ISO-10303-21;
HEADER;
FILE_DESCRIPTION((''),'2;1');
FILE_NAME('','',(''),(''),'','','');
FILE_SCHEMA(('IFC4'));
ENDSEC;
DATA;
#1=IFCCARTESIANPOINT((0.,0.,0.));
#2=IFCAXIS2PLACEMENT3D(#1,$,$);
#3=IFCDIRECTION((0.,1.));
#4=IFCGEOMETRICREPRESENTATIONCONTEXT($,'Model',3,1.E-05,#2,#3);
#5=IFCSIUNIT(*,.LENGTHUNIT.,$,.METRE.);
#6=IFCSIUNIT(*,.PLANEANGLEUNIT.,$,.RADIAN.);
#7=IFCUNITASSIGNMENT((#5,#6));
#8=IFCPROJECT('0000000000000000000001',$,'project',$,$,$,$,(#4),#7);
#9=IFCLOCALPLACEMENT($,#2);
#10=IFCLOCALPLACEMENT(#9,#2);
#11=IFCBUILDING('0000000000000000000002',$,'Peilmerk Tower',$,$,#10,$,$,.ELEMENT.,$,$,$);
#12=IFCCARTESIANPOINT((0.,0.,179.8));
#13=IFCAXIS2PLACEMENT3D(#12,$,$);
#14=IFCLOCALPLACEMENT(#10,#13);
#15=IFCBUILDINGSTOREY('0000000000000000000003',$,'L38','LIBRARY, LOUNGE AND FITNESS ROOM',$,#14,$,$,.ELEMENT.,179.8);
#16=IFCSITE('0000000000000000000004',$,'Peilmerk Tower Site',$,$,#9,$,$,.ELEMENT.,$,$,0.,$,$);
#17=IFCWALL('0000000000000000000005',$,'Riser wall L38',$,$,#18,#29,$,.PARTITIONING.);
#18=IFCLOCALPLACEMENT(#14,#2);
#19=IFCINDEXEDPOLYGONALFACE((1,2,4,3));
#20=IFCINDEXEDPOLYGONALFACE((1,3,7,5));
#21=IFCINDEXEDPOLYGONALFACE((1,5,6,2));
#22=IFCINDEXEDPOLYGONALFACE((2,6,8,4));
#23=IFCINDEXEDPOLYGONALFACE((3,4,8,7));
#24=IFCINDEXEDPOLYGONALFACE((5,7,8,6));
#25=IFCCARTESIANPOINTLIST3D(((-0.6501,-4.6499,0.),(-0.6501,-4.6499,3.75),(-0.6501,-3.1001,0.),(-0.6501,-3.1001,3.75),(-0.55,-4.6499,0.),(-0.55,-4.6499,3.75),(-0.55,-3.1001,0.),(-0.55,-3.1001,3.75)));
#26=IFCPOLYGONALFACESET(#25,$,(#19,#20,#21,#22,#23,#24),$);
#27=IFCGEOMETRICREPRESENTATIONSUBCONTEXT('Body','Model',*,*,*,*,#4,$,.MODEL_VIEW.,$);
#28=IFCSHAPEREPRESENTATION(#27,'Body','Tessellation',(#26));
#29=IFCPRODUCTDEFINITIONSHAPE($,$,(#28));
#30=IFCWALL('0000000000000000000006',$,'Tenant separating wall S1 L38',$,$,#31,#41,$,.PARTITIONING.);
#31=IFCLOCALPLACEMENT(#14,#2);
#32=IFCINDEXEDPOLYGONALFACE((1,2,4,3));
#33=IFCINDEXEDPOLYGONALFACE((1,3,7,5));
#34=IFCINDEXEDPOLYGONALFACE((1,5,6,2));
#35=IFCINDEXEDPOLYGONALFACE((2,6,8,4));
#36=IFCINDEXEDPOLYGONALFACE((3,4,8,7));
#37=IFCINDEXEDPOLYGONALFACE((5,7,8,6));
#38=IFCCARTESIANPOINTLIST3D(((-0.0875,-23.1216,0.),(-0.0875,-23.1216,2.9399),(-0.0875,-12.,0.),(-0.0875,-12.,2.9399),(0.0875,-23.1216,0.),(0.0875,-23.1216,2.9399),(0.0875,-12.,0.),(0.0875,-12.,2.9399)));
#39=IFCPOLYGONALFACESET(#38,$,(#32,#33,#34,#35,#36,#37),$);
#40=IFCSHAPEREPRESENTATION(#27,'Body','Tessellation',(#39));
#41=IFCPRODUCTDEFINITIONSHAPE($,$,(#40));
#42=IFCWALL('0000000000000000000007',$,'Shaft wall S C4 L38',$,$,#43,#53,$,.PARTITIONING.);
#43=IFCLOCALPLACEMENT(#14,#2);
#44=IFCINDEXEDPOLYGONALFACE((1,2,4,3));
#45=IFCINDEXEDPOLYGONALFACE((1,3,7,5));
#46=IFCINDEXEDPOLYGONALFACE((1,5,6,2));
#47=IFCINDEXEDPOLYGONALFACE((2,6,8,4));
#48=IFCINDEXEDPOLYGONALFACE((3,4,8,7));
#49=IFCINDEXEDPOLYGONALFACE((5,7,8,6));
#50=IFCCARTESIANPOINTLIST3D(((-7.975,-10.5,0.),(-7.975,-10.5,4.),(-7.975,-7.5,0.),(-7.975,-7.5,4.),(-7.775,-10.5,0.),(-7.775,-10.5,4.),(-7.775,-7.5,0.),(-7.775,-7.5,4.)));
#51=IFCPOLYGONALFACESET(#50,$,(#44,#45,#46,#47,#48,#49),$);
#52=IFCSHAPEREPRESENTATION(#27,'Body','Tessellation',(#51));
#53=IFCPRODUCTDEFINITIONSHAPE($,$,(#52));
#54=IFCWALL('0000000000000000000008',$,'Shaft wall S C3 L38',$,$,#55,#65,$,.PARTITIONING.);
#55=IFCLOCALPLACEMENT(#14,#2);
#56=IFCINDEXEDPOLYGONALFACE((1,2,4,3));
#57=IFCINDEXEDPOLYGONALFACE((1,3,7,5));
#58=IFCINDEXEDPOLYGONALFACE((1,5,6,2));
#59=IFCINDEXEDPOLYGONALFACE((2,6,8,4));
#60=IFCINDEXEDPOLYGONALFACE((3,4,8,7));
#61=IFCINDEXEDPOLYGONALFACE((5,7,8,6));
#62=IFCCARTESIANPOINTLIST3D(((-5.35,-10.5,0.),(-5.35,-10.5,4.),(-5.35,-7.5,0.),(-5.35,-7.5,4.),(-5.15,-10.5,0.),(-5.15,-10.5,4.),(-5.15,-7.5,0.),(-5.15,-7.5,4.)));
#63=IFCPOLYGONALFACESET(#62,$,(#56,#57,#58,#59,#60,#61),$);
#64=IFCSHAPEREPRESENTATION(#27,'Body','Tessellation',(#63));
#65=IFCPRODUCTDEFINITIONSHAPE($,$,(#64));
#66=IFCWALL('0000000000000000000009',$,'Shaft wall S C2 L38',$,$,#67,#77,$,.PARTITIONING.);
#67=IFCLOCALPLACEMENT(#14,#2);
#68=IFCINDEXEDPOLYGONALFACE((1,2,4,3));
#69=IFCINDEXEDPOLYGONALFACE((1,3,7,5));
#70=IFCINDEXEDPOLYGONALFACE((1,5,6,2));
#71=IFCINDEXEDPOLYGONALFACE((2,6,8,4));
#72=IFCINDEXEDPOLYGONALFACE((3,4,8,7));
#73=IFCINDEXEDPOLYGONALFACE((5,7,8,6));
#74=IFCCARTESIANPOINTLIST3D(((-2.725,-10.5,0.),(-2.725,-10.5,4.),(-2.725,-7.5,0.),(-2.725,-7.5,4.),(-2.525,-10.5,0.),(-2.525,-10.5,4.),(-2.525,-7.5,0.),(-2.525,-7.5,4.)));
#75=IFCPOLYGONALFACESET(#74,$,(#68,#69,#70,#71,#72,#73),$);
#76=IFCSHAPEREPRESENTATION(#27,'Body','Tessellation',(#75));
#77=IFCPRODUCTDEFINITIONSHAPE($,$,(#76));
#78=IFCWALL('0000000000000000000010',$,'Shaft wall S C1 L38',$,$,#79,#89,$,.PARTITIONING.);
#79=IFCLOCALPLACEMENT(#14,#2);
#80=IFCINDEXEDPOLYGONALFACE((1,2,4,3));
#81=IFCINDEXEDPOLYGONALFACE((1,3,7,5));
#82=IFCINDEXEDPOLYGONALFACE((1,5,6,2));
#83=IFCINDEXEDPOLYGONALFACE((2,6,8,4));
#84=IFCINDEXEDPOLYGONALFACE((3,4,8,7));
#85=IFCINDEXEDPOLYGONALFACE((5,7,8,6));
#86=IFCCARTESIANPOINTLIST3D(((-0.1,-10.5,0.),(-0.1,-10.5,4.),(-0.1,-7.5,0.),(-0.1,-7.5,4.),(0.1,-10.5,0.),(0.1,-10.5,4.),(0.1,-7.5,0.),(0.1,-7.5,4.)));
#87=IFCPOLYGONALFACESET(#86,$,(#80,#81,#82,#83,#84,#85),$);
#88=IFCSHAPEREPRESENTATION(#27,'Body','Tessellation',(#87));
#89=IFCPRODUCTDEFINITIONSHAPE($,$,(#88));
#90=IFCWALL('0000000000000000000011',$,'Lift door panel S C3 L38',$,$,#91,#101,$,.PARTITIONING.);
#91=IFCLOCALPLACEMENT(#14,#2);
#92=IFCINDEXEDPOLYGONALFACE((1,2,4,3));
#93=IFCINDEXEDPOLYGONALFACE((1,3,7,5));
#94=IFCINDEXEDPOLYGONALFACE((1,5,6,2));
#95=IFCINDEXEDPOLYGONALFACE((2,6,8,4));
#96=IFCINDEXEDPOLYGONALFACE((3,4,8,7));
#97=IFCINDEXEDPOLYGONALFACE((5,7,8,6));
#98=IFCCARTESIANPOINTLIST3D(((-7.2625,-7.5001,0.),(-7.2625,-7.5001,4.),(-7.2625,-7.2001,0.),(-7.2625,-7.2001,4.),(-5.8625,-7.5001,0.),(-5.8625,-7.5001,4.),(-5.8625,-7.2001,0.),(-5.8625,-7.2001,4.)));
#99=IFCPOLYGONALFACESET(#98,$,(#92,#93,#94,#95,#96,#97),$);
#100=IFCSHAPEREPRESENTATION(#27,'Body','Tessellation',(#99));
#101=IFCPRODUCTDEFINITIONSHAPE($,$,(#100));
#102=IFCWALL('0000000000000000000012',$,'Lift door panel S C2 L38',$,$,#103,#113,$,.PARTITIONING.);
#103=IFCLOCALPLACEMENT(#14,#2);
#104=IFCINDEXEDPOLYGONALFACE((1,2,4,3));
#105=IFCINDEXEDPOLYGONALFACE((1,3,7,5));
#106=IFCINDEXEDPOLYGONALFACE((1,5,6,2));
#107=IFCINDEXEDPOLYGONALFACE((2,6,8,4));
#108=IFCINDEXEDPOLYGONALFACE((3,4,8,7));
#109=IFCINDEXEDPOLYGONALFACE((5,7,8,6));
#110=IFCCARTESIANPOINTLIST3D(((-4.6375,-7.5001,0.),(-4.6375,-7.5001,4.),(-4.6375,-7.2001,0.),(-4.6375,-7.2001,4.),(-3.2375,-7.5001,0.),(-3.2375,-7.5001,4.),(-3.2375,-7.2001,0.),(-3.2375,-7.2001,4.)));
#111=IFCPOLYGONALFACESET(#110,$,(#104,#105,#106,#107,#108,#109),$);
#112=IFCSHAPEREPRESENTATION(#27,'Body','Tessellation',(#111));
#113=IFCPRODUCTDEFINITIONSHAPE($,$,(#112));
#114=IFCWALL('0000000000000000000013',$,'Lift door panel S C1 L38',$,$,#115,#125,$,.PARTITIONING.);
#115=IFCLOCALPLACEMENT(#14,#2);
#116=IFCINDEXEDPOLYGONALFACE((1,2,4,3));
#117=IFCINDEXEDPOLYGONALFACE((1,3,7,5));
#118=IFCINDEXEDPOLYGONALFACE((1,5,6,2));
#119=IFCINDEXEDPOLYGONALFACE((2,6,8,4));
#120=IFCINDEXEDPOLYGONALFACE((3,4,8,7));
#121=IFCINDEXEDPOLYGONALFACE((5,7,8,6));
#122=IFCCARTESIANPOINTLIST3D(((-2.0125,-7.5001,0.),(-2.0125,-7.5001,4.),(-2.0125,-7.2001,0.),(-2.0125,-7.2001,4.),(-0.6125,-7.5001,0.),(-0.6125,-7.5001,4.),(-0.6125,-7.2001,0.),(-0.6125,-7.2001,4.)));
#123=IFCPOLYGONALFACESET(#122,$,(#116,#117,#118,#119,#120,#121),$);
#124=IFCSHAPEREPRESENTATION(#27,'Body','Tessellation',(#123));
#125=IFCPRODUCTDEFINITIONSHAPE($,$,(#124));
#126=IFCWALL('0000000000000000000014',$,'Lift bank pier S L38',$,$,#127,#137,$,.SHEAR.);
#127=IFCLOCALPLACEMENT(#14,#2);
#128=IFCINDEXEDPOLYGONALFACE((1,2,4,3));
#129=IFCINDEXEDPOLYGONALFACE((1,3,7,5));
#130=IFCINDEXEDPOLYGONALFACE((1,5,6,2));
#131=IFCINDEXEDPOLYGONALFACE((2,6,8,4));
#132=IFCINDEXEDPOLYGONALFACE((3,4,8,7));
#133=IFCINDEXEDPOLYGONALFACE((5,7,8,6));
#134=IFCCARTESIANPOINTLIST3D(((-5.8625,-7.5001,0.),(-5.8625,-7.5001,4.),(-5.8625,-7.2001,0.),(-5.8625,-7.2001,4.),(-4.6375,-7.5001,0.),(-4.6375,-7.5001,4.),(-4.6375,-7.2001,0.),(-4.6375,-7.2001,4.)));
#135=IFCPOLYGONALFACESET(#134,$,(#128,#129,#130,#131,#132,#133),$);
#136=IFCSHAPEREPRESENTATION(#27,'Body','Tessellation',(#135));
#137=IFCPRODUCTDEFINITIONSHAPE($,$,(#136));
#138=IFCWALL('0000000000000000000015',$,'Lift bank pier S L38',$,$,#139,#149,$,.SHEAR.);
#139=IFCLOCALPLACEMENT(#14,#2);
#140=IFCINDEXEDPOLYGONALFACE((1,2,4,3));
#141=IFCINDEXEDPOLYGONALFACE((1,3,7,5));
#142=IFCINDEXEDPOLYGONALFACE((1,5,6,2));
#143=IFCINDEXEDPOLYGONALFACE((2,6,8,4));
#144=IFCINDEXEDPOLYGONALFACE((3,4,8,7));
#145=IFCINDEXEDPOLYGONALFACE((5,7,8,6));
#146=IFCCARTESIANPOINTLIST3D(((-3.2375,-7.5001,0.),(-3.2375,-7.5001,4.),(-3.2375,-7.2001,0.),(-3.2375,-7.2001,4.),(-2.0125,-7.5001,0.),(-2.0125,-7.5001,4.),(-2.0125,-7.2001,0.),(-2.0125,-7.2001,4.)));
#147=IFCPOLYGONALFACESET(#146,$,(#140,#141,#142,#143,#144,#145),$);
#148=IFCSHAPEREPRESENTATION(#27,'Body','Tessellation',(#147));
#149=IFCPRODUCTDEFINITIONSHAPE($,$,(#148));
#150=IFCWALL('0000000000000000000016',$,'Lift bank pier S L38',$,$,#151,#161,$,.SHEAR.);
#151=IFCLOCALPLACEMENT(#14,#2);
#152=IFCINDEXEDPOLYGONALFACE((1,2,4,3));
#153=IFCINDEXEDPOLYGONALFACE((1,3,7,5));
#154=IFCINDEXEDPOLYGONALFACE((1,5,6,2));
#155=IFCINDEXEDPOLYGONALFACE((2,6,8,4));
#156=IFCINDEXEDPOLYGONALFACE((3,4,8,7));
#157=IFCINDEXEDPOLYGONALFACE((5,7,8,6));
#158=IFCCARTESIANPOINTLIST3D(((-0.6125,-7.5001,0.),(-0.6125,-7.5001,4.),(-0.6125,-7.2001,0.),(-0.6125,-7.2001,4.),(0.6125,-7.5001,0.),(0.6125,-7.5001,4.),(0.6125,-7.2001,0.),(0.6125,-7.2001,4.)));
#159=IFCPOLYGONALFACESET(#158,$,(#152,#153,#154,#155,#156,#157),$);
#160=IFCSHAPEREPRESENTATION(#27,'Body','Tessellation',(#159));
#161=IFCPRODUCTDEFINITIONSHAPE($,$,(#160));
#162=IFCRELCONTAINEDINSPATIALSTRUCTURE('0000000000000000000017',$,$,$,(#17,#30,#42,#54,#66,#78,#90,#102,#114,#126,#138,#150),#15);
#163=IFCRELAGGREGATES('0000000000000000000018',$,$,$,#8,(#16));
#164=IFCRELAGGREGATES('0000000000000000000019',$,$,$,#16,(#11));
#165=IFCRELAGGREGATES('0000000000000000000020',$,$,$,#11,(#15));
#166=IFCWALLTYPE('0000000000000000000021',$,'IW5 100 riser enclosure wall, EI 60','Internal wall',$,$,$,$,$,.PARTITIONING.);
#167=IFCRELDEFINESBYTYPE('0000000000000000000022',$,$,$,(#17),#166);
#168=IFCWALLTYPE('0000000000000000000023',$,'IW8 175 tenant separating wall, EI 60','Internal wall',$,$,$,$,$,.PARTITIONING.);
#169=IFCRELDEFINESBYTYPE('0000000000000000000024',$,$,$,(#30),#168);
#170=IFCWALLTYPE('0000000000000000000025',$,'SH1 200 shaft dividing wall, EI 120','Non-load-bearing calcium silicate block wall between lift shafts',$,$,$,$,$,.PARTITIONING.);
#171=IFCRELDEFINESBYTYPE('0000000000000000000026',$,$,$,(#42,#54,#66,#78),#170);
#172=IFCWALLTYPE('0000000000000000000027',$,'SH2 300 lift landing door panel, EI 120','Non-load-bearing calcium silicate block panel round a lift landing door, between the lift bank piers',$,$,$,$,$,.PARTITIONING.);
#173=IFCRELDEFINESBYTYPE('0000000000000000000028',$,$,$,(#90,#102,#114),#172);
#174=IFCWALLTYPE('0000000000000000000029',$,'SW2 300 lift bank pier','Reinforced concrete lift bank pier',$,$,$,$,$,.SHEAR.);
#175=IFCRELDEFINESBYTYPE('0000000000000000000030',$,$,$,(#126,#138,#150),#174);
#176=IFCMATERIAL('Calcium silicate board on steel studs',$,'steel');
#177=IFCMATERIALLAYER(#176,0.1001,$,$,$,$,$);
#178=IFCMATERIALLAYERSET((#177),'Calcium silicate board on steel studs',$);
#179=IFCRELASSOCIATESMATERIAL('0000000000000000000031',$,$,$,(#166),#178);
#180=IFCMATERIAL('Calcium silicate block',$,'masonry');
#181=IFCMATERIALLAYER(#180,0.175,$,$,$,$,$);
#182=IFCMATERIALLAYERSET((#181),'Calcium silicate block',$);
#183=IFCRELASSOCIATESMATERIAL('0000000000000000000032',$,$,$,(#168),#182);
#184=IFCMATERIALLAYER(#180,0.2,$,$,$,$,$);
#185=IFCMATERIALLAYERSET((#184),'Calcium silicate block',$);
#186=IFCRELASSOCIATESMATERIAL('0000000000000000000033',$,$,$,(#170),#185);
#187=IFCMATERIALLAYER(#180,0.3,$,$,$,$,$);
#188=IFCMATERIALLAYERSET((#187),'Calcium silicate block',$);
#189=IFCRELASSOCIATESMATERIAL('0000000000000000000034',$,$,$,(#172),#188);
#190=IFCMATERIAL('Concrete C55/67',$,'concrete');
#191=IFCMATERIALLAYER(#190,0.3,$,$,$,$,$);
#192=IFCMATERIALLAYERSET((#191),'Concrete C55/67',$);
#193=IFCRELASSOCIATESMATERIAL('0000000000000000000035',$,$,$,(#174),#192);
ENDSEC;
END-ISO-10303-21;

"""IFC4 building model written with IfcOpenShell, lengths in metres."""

from ifc_helpers import new_model, si_unit, direction, frame, frame_2d, origin, place, context, subcontext, project, spatial, rectangle, extrude, material, layer, layer_set, type_object, element, save


model = new_model("IFC4")

# Units and contexts
model_context = context("Model", 3, precision=1e-05, world=origin(), true_north=direction((0.0, 1.0)))
body_context = subcontext(model_context, "Body", "Model", "MODEL_VIEW")
ifc_project = project(units=[si_unit("LENGTHUNIT", "METRE"), si_unit("PLANEANGLEUNIT", "RADIAN")], contexts=[model_context])

# Site, building, storey
site_placement = place(None, origin())
site = spatial("IfcSite", under=ifc_project, at=site_placement, Name="Peilmerk Tower Site", CompositionType="ELEMENT", RefElevation=0.0)
building_placement = place(site_placement, origin())
building = spatial("IfcBuilding", under=site, at=building_placement, Name="Peilmerk Tower", CompositionType="ELEMENT")
storey_placement = place(building_placement, frame((0.0, 0.0, 179.8)))
storey = spatial("IfcBuildingStorey", under=building, at=storey_placement, Name="L38", Description="LIBRARY, LOUNGE AND FITNESS ROOM", CompositionType="ELEMENT", Elevation=179.8)

# Shared definitions
ifc_material_1 = material(Name="Concrete C55/67", Category="concrete")

# Walls
ifc_material_2 = material(Name="Calcium silicate board on steel studs", Category="steel")
ifc_layer_1 = layer(ifc_material_2, 0.1001)
ifc_layer_set_1 = layer_set([ifc_layer_1], Name="Calcium silicate board on steel studs")
wall_type_1 = type_object("IfcWallType", Name="IW5 100 riser enclosure wall, EI 60", Description="Internal wall", PredefinedType="PARTITIONING", material=ifc_layer_set_1)
for number, where, z_axis, x_axis, name in (
    (1, (-0.6001, -3.1001, 0.0), (0.0, 0.0, 1.0), (0.0, -1.0, 0.0), "Riser wall L38"),
):
    element("IfcWall", number, at=place(storey_placement, frame(where, z_axis=z_axis, x_axis=x_axis)), inside=storey, type_object=wall_type_1, Name=name, PredefinedType="PARTITIONING", context=body_context, shape_type="SweptSolid", body=[
        extrude(rectangle(XDim=1.5498, YDim=0.1001, at=frame_2d((0.7749, 0.0))), origin(), (0.0, 0.0, 1.0), 3.75),
    ])
ifc_material_3 = material(Name="Calcium silicate block", Category="masonry")
ifc_layer_2 = layer(ifc_material_3, 0.175)
ifc_layer_set_2 = layer_set([ifc_layer_2], Name="Calcium silicate block")
wall_type_2 = type_object("IfcWallType", Name="IW8 175 tenant separating wall, EI 60", Description="Internal wall", PredefinedType="PARTITIONING", material=ifc_layer_set_2)
wall_1_placement = place(storey_placement, frame((0.0, -12.0, 0.0), z_axis=(0.0, 0.0, 1.0), x_axis=(0.0, -1.0, 0.0)))
element("IfcWall", 2, at=wall_1_placement, inside=storey, type_object=wall_type_2, Name="Tenant separating wall S1 L38", PredefinedType="PARTITIONING", context=body_context, shape_type="SweptSolid", body=[
    extrude(rectangle(XDim=11.1216, YDim=0.175, at=frame_2d((5.5608, 0.0))), origin(), (0.0, 0.0, 1.0), 2.9399),
])
ifc_layer_3 = layer(ifc_material_3, 0.2)
ifc_layer_set_3 = layer_set([ifc_layer_3], Name="Calcium silicate block")
wall_type_3 = type_object("IfcWallType", Name="SH1 200 shaft dividing wall, EI 120", Description="Non-load-bearing calcium silicate block wall between lift shafts", PredefinedType="PARTITIONING", material=ifc_layer_set_3)
for number, where, z_axis, x_axis, name in (
    (3, (-7.875, -10.5, 0.0), (0.0, 0.0, 1.0), (0.0, 1.0, 0.0), "Shaft wall S C4 L38"),
    (4, (-5.25, -10.5, 0.0), (0.0, 0.0, 1.0), (0.0, 1.0, 0.0), "Shaft wall S C3 L38"),
    (5, (-2.625, -10.5, 0.0), (0.0, 0.0, 1.0), (0.0, 1.0, 0.0), "Shaft wall S C2 L38"),
    (6, (0.0, -10.5, 0.0), (0.0, 0.0, 1.0), (0.0, 1.0, 0.0), "Shaft wall S C1 L38"),
):
    element("IfcWall", number, at=place(storey_placement, frame(where, z_axis=z_axis, x_axis=x_axis)), inside=storey, type_object=wall_type_3, Name=name, PredefinedType="PARTITIONING", context=body_context, shape_type="SweptSolid", body=[
        extrude(rectangle(XDim=3.0, YDim=0.2, at=frame_2d((1.5, 0.0))), origin(), (0.0, 0.0, 1.0), 4.0),
    ])
ifc_layer_4 = layer(ifc_material_3, 0.3)
ifc_layer_set_4 = layer_set([ifc_layer_4], Name="Calcium silicate block")
wall_type_4 = type_object("IfcWallType", Name="SH2 300 lift landing door panel, EI 120", Description="Non-load-bearing calcium silicate block panel round a lift landing door, between the lift bank piers", PredefinedType="PARTITIONING", material=ifc_layer_set_4)
for number, where, z_axis, x_axis, name in (
    (7, (-7.2625, -7.3501, 0.0), (0.0, 0.0, 1.0), (1.0, 0.0, 0.0), "Lift door panel S C3 L38"),
    (8, (-4.6375, -7.3501, 0.0), (0.0, 0.0, 1.0), (1.0, 0.0, 0.0), "Lift door panel S C2 L38"),
    (9, (-2.0125, -7.3501, 0.0), (0.0, 0.0, 1.0), (1.0, 0.0, 0.0), "Lift door panel S C1 L38"),
):
    element("IfcWall", number, at=place(storey_placement, frame(where, z_axis=z_axis, x_axis=x_axis)), inside=storey, type_object=wall_type_4, Name=name, PredefinedType="PARTITIONING", context=body_context, shape_type="SweptSolid", body=[
        extrude(rectangle(XDim=1.3999, YDim=0.3, at=frame_2d((0.7, 0.0))), origin(), (0.0, 0.0, 1.0), 4.0),
    ])
ifc_layer_5 = layer(ifc_material_1, 0.3)
ifc_layer_set_5 = layer_set([ifc_layer_5], Name="Concrete C55/67")
wall_type_5 = type_object("IfcWallType", Name="SW2 300 lift bank pier", Description="Reinforced concrete lift bank pier", PredefinedType="SHEAR", material=ifc_layer_set_5)
for number, where, z_axis, x_axis, name in (
    (10, (-5.8625, -7.3501, 0.0), (0.0, 0.0, 1.0), (1.0, 0.0, 0.0), "Lift bank pier S L38"),
    (11, (-3.2375, -7.3501, 0.0), (0.0, 0.0, 1.0), (1.0, 0.0, 0.0), "Lift bank pier S L38"),
    (12, (-0.6125, -7.3501, 0.0), (0.0, 0.0, 1.0), (1.0, 0.0, 0.0), "Lift bank pier S L38"),
):
    element("IfcWall", number, at=place(storey_placement, frame(where, z_axis=z_axis, x_axis=x_axis)), inside=storey, type_object=wall_type_5, Name=name, PredefinedType="SHEAR", context=body_context, shape_type="SweptSolid", body=[
        extrude(rectangle(XDim=1.2251, YDim=0.3, at=frame_2d((0.6125, 0.0))), origin(), (0.0, 0.0, 1.0), 4.0),
    ])

save(model, "model.ifc")
